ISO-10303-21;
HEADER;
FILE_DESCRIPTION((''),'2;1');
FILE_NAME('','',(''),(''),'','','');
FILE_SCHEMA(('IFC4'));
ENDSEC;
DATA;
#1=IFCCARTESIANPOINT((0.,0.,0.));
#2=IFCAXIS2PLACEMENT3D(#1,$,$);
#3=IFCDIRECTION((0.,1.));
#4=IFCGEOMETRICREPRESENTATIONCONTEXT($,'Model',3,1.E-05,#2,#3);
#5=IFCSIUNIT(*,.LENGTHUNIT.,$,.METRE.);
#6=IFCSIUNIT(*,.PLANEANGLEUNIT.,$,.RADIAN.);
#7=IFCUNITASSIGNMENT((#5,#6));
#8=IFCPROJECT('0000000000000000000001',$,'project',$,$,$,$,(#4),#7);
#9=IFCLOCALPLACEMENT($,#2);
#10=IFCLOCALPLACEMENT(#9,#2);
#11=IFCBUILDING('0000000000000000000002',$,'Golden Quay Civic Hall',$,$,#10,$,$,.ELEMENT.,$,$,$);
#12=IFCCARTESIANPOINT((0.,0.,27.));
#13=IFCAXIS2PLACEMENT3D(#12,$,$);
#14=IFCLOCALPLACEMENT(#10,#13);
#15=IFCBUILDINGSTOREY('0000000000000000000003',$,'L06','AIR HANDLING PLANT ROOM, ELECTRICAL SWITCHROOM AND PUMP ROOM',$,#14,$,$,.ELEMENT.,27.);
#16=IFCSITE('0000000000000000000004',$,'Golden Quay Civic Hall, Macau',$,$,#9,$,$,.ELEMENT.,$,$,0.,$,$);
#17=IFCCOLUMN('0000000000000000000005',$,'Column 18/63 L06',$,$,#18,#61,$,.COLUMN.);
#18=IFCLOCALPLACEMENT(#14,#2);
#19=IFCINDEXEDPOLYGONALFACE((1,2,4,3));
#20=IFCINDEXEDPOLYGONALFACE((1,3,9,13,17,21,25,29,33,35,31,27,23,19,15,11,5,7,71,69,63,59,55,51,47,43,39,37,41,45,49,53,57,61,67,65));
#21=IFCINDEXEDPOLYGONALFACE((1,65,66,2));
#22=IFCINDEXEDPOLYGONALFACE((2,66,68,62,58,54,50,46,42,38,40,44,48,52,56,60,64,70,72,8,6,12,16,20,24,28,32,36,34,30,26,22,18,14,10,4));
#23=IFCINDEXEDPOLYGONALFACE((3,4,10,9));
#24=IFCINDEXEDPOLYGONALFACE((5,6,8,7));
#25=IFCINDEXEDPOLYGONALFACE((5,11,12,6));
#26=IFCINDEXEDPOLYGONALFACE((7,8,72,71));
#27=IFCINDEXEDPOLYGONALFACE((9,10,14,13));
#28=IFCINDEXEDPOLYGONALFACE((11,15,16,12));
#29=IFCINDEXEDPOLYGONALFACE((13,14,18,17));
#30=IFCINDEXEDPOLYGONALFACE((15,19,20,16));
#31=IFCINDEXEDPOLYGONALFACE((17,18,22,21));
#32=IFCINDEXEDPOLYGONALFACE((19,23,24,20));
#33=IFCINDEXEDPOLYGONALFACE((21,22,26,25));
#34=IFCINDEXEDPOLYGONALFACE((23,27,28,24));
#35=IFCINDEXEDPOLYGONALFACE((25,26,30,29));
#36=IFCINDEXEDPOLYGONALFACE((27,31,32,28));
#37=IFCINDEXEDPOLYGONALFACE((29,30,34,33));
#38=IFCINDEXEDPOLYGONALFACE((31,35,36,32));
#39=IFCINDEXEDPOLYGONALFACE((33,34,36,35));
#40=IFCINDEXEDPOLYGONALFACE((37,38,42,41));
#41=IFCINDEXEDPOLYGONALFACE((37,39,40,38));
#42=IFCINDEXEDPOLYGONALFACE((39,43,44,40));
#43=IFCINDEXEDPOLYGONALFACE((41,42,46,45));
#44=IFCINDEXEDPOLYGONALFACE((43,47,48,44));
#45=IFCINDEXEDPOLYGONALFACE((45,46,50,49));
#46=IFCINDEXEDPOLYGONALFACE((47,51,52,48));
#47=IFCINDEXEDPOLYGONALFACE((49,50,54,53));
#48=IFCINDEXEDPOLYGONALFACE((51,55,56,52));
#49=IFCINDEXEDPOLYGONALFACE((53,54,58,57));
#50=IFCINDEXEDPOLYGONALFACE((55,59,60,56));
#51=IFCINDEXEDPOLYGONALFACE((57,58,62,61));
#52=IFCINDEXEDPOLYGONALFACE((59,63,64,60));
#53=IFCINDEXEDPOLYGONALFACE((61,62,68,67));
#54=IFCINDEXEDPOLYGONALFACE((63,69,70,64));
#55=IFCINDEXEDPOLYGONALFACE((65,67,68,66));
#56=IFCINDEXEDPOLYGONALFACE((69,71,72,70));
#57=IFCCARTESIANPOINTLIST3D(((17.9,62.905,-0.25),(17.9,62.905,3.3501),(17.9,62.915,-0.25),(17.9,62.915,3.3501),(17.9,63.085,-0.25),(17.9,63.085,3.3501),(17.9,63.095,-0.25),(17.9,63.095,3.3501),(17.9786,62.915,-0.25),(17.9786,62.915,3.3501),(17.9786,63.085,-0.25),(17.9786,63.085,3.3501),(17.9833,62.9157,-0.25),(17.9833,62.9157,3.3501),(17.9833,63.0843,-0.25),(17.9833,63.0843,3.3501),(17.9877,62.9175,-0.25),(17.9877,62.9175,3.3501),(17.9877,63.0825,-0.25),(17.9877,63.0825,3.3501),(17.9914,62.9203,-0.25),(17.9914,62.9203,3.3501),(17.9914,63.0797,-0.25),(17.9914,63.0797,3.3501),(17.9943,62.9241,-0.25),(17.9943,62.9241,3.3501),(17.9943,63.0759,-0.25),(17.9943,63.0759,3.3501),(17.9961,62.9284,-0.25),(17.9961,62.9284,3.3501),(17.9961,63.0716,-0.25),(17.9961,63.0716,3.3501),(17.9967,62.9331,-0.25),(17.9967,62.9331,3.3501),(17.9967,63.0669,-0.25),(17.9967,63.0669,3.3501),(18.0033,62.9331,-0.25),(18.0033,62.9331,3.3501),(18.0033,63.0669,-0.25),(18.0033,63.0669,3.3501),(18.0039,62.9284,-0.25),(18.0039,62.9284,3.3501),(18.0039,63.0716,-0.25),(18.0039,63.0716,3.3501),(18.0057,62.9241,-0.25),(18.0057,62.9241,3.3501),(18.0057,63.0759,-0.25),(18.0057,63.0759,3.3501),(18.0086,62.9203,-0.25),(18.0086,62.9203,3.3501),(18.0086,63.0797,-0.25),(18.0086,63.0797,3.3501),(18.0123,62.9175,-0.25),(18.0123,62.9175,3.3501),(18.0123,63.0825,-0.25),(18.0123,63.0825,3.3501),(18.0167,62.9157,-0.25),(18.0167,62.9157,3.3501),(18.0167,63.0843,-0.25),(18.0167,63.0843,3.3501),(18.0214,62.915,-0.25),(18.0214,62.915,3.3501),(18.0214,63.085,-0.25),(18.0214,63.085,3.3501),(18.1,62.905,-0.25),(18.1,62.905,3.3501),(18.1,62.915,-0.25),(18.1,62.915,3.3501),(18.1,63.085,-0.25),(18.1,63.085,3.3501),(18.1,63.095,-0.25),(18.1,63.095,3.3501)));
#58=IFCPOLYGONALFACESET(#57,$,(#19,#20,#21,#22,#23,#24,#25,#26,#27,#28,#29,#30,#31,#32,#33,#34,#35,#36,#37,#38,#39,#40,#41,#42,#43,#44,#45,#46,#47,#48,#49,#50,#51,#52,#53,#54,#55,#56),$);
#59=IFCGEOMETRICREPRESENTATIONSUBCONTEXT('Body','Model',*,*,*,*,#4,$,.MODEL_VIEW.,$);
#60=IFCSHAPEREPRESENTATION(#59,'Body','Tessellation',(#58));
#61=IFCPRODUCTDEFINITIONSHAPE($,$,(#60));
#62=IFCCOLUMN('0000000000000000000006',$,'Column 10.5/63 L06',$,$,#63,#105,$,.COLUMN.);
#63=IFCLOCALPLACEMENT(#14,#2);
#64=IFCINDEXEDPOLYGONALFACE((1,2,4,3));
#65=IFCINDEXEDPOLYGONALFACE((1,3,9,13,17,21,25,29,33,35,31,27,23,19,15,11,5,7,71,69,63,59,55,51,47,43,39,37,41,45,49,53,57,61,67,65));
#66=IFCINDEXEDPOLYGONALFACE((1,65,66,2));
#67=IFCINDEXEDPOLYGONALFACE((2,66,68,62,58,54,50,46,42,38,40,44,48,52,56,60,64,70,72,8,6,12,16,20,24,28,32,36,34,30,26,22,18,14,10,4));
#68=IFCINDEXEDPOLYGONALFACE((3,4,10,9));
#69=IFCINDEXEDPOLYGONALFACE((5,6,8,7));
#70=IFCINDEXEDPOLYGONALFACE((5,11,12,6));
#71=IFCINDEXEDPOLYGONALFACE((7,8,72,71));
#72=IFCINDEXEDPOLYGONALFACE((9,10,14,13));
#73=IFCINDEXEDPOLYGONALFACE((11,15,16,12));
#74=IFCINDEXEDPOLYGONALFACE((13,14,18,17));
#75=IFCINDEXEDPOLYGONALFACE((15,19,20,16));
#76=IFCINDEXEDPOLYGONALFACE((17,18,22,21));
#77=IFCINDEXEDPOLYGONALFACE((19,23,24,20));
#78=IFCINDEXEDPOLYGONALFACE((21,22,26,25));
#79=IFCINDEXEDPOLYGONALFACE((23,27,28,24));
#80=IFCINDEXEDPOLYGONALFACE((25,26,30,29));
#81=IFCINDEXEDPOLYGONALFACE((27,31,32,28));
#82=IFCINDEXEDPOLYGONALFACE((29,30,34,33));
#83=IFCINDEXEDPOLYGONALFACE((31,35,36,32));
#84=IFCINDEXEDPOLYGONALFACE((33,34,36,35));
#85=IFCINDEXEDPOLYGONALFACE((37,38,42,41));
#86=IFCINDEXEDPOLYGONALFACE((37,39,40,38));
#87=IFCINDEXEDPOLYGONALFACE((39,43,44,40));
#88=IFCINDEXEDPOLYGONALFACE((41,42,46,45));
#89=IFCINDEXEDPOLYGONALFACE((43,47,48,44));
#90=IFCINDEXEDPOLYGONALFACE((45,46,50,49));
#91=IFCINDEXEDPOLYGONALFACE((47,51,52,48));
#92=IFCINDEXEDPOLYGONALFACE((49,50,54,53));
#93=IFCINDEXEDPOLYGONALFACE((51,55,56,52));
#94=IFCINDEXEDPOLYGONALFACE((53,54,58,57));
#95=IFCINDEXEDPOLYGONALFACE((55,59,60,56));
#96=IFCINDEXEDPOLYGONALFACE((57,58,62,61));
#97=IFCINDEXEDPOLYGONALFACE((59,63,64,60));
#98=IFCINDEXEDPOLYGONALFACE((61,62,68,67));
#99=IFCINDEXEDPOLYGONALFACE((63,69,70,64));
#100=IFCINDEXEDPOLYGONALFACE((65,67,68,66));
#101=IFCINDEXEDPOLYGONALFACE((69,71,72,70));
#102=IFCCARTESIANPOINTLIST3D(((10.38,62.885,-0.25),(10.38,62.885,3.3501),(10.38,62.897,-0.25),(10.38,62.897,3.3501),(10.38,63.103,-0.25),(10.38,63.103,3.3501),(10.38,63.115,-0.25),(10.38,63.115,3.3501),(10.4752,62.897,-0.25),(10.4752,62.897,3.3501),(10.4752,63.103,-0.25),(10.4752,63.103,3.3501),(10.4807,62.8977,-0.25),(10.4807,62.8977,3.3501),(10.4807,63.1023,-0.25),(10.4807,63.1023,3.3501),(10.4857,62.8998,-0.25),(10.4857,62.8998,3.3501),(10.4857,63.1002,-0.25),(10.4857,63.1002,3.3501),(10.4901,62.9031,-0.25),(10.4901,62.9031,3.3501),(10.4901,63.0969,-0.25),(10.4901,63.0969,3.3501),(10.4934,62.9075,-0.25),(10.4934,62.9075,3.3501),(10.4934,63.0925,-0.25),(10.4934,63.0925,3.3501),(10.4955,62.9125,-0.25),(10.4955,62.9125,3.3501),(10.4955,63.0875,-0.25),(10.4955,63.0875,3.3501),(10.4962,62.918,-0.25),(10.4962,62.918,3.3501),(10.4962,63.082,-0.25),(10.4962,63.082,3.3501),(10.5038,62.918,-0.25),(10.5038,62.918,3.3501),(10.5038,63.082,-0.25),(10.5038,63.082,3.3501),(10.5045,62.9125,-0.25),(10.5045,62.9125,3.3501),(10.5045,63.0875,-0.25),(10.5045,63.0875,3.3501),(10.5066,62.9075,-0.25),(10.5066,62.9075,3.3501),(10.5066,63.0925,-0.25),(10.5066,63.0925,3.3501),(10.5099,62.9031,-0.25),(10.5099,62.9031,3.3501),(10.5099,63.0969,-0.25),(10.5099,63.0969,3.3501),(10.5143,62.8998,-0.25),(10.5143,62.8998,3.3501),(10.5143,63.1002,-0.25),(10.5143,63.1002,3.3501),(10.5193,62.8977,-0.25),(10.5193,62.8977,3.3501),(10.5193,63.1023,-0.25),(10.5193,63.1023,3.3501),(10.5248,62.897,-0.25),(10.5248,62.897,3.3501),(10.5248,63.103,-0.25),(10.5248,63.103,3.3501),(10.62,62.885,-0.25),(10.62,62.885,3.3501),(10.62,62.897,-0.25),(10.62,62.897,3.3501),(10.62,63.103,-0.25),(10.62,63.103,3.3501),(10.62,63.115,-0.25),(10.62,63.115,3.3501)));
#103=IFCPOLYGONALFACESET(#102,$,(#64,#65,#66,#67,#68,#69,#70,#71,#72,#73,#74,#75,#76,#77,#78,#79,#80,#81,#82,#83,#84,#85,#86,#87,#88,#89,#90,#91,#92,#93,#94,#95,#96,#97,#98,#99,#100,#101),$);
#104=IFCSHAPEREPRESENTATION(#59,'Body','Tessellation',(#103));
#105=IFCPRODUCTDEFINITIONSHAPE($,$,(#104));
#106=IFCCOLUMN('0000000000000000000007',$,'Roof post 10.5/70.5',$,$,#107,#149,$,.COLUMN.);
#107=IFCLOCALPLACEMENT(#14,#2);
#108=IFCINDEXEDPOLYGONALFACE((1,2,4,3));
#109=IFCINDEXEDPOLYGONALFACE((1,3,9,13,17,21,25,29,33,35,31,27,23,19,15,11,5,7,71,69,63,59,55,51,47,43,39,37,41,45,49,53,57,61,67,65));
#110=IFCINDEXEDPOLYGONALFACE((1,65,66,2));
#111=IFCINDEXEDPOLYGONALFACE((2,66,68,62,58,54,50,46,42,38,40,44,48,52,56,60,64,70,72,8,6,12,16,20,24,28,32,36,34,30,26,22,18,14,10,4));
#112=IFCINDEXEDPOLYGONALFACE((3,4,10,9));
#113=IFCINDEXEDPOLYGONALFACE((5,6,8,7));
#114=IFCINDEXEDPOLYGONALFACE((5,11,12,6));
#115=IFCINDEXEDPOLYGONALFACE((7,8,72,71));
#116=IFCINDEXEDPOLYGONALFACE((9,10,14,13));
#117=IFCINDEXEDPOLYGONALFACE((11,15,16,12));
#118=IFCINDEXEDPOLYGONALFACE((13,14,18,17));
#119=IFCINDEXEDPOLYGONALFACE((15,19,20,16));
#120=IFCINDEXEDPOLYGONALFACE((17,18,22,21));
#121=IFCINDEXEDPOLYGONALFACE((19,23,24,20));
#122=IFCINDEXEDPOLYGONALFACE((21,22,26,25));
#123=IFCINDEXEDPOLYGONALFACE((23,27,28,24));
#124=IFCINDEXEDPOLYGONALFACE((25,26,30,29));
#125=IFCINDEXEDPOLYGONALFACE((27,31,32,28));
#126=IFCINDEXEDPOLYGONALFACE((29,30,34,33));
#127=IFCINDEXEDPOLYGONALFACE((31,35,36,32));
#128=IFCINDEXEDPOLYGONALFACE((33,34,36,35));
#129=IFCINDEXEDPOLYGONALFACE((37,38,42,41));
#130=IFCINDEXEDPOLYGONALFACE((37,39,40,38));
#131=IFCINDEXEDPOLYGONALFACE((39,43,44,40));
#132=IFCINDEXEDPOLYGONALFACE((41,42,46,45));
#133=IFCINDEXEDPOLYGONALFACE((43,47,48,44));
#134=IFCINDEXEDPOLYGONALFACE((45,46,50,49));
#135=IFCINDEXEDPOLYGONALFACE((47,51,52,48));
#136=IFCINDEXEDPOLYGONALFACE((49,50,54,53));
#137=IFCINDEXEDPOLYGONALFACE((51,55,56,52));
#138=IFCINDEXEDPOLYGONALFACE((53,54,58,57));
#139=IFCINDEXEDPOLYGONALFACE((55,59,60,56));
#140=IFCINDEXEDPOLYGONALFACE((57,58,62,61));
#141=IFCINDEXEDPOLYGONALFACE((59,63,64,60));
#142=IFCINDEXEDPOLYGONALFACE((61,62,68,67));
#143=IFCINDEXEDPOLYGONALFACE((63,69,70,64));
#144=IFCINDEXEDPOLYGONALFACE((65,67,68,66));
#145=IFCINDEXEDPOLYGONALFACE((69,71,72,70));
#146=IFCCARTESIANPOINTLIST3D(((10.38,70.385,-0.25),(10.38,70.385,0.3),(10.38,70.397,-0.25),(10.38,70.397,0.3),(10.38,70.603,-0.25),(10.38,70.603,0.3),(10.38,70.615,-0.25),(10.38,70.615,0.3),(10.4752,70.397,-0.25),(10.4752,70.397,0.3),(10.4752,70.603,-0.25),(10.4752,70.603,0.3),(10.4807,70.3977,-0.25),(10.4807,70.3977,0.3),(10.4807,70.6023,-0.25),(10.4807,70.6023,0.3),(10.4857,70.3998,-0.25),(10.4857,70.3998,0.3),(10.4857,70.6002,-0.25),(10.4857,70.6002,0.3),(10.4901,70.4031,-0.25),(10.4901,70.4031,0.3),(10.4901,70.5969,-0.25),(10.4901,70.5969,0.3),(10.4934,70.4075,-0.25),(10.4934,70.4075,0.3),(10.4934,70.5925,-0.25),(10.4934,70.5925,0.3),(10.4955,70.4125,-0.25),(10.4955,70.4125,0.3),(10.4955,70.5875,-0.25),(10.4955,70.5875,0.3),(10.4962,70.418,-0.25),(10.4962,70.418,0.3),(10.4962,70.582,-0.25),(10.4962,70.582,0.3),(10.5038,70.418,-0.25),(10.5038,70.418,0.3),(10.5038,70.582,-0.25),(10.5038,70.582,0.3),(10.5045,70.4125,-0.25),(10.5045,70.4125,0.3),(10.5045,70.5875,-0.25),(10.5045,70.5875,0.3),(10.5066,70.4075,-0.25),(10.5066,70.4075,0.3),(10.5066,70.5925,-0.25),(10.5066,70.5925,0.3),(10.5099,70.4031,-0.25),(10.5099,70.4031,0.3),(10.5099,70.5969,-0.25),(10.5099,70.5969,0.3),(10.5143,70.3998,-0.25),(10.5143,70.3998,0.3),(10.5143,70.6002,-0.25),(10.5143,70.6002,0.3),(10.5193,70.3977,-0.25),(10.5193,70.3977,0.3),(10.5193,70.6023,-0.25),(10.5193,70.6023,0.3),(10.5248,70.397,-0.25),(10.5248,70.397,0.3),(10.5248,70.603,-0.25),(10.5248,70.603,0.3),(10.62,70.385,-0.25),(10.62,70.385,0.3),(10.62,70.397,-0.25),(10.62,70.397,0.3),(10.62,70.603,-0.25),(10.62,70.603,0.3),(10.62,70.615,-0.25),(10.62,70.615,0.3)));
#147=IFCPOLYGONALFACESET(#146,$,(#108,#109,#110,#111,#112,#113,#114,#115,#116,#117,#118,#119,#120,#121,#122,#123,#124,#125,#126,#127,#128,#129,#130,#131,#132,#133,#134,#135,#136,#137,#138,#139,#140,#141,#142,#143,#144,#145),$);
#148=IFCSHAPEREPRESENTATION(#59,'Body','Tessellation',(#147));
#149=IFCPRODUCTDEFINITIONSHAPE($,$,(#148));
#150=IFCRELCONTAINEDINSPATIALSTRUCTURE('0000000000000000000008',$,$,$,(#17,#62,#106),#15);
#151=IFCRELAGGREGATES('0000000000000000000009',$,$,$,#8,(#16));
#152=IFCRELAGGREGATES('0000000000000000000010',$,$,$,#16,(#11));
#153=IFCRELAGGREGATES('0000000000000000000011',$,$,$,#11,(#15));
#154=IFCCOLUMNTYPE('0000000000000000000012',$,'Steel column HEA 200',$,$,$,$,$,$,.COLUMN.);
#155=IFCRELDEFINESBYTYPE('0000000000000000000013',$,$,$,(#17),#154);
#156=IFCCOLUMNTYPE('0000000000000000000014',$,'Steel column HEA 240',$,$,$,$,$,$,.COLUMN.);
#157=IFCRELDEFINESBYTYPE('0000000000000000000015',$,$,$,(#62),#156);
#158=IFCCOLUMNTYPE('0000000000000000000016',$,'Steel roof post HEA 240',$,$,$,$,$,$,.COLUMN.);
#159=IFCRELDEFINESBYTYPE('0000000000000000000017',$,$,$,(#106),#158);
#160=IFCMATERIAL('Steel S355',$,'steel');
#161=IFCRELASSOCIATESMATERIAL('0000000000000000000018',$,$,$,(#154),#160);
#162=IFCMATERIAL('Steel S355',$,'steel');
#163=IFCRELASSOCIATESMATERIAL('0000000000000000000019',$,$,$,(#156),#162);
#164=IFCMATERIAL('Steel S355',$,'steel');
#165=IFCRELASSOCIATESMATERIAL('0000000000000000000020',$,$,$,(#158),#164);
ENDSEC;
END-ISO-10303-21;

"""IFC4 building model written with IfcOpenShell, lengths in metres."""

from ifc_helpers import new_model, si_unit, direction, frame, origin, origin_2d, place, context, subcontext, project, spatial, i_section, extrude, material, material_profile, profile_set, type_object, element, save


model = new_model("IFC4")

# Units and contexts
model_context = context("Model", 3, precision=1e-05, world=origin(), true_north=direction((0.0, 1.0)))
body_context = subcontext(model_context, "Body", "Model", "MODEL_VIEW")
ifc_project = project(units=[si_unit("LENGTHUNIT", "METRE"), si_unit("PLANEANGLEUNIT", "RADIAN")], contexts=[model_context])

# Site, building, storey
site_placement = place(None, origin())
site = spatial("IfcSite", under=ifc_project, at=site_placement, Name="Golden Quay Civic Hall, Macau", CompositionType="ELEMENT", RefElevation=0.0)
building_placement = place(site_placement, origin())
building = spatial("IfcBuilding", under=site, at=building_placement, Name="Golden Quay Civic Hall", CompositionType="ELEMENT")
storey_placement = place(building_placement, frame((0.0, 0.0, 27.0)))
storey = spatial("IfcBuildingStorey", under=building, at=storey_placement, Name="L06", Description="AIR HANDLING PLANT ROOM, ELECTRICAL SWITCHROOM AND PUMP ROOM", CompositionType="ELEMENT", Elevation=27.0)

# Columns
ifc_material_1 = material(Name="Steel S355", Category="steel")
ifc_material_profile_1 = material_profile(ifc_material_1, i_section(OverallWidth=0.2, OverallDepth=0.1899, WebThickness=0.0066, FlangeThickness=0.01, FilletRadius=0.0181, at=origin_2d()), Name="HEA 200")
ifc_profile_set_1 = profile_set([ifc_material_profile_1], Name="Steel S355")
column_type_1 = type_object("IfcColumnType", Name="Steel column HEA 200", PredefinedType="COLUMN", material=ifc_profile_set_1)
column_1_placement = place(storey_placement, frame((18.0, 63.0, -0.25), z_axis=(0.0, 0.0, 1.0), x_axis=(1.0, 0.0, 0.0)))
element("IfcColumn", 1, at=column_1_placement, inside=storey, type_object=column_type_1, Name="Column 18/63 L06", PredefinedType="COLUMN", context=body_context, shape_type="SweptSolid", body=[
    extrude(i_section(OverallWidth=0.2, OverallDepth=0.1899, WebThickness=0.0066, FlangeThickness=0.01, FilletRadius=0.0181, at=origin_2d()), origin(), (0.0, 0.0, 1.0), 3.6001),
])
ifc_material_2 = material(Name="Steel S355", Category="steel")
ifc_material_profile_2 = material_profile(ifc_material_2, i_section(OverallWidth=0.24, OverallDepth=0.23, WebThickness=0.0076, FlangeThickness=0.012, FilletRadius=0.021, at=origin_2d()), Name="HEA 240")
ifc_profile_set_2 = profile_set([ifc_material_profile_2], Name="Steel S355")
column_type_2 = type_object("IfcColumnType", Name="Steel column HEA 240", PredefinedType="COLUMN", material=ifc_profile_set_2)
column_2_placement = place(storey_placement, frame((10.5, 63.0, -0.25), z_axis=(0.0, 0.0, 1.0), x_axis=(1.0, 0.0, 0.0)))
element("IfcColumn", 2, at=column_2_placement, inside=storey, type_object=column_type_2, Name="Column 10.5/63 L06", PredefinedType="COLUMN", context=body_context, shape_type="SweptSolid", body=[
    extrude(i_section(OverallWidth=0.24, OverallDepth=0.23, WebThickness=0.0076, FlangeThickness=0.012, FilletRadius=0.021, at=origin_2d()), origin(), (0.0, 0.0, 1.0), 3.6001),
])
ifc_material_3 = material(Name="Steel S355", Category="steel")
ifc_material_profile_3 = material_profile(ifc_material_3, i_section(OverallWidth=0.24, OverallDepth=0.23, WebThickness=0.0076, FlangeThickness=0.012, FilletRadius=0.021, at=origin_2d()), Name="HEA 240")
ifc_profile_set_3 = profile_set([ifc_material_profile_3], Name="Steel S355")
column_type_3 = type_object("IfcColumnType", Name="Steel roof post HEA 240", PredefinedType="COLUMN", material=ifc_profile_set_3)
column_3_placement = place(storey_placement, frame((10.5, 70.5, -0.25), z_axis=(0.0, 0.0, 1.0), x_axis=(1.0, 0.0, 0.0)))
element("IfcColumn", 3, at=column_3_placement, inside=storey, type_object=column_type_3, Name="Roof post 10.5/70.5", PredefinedType="COLUMN", context=body_context, shape_type="SweptSolid", body=[
    extrude(i_section(OverallWidth=0.24, OverallDepth=0.23, WebThickness=0.0076, FlangeThickness=0.012, FilletRadius=0.021, at=origin_2d()), origin(), (0.0, 0.0, 1.0), 0.55),
])

save(model, "model.ifc")
